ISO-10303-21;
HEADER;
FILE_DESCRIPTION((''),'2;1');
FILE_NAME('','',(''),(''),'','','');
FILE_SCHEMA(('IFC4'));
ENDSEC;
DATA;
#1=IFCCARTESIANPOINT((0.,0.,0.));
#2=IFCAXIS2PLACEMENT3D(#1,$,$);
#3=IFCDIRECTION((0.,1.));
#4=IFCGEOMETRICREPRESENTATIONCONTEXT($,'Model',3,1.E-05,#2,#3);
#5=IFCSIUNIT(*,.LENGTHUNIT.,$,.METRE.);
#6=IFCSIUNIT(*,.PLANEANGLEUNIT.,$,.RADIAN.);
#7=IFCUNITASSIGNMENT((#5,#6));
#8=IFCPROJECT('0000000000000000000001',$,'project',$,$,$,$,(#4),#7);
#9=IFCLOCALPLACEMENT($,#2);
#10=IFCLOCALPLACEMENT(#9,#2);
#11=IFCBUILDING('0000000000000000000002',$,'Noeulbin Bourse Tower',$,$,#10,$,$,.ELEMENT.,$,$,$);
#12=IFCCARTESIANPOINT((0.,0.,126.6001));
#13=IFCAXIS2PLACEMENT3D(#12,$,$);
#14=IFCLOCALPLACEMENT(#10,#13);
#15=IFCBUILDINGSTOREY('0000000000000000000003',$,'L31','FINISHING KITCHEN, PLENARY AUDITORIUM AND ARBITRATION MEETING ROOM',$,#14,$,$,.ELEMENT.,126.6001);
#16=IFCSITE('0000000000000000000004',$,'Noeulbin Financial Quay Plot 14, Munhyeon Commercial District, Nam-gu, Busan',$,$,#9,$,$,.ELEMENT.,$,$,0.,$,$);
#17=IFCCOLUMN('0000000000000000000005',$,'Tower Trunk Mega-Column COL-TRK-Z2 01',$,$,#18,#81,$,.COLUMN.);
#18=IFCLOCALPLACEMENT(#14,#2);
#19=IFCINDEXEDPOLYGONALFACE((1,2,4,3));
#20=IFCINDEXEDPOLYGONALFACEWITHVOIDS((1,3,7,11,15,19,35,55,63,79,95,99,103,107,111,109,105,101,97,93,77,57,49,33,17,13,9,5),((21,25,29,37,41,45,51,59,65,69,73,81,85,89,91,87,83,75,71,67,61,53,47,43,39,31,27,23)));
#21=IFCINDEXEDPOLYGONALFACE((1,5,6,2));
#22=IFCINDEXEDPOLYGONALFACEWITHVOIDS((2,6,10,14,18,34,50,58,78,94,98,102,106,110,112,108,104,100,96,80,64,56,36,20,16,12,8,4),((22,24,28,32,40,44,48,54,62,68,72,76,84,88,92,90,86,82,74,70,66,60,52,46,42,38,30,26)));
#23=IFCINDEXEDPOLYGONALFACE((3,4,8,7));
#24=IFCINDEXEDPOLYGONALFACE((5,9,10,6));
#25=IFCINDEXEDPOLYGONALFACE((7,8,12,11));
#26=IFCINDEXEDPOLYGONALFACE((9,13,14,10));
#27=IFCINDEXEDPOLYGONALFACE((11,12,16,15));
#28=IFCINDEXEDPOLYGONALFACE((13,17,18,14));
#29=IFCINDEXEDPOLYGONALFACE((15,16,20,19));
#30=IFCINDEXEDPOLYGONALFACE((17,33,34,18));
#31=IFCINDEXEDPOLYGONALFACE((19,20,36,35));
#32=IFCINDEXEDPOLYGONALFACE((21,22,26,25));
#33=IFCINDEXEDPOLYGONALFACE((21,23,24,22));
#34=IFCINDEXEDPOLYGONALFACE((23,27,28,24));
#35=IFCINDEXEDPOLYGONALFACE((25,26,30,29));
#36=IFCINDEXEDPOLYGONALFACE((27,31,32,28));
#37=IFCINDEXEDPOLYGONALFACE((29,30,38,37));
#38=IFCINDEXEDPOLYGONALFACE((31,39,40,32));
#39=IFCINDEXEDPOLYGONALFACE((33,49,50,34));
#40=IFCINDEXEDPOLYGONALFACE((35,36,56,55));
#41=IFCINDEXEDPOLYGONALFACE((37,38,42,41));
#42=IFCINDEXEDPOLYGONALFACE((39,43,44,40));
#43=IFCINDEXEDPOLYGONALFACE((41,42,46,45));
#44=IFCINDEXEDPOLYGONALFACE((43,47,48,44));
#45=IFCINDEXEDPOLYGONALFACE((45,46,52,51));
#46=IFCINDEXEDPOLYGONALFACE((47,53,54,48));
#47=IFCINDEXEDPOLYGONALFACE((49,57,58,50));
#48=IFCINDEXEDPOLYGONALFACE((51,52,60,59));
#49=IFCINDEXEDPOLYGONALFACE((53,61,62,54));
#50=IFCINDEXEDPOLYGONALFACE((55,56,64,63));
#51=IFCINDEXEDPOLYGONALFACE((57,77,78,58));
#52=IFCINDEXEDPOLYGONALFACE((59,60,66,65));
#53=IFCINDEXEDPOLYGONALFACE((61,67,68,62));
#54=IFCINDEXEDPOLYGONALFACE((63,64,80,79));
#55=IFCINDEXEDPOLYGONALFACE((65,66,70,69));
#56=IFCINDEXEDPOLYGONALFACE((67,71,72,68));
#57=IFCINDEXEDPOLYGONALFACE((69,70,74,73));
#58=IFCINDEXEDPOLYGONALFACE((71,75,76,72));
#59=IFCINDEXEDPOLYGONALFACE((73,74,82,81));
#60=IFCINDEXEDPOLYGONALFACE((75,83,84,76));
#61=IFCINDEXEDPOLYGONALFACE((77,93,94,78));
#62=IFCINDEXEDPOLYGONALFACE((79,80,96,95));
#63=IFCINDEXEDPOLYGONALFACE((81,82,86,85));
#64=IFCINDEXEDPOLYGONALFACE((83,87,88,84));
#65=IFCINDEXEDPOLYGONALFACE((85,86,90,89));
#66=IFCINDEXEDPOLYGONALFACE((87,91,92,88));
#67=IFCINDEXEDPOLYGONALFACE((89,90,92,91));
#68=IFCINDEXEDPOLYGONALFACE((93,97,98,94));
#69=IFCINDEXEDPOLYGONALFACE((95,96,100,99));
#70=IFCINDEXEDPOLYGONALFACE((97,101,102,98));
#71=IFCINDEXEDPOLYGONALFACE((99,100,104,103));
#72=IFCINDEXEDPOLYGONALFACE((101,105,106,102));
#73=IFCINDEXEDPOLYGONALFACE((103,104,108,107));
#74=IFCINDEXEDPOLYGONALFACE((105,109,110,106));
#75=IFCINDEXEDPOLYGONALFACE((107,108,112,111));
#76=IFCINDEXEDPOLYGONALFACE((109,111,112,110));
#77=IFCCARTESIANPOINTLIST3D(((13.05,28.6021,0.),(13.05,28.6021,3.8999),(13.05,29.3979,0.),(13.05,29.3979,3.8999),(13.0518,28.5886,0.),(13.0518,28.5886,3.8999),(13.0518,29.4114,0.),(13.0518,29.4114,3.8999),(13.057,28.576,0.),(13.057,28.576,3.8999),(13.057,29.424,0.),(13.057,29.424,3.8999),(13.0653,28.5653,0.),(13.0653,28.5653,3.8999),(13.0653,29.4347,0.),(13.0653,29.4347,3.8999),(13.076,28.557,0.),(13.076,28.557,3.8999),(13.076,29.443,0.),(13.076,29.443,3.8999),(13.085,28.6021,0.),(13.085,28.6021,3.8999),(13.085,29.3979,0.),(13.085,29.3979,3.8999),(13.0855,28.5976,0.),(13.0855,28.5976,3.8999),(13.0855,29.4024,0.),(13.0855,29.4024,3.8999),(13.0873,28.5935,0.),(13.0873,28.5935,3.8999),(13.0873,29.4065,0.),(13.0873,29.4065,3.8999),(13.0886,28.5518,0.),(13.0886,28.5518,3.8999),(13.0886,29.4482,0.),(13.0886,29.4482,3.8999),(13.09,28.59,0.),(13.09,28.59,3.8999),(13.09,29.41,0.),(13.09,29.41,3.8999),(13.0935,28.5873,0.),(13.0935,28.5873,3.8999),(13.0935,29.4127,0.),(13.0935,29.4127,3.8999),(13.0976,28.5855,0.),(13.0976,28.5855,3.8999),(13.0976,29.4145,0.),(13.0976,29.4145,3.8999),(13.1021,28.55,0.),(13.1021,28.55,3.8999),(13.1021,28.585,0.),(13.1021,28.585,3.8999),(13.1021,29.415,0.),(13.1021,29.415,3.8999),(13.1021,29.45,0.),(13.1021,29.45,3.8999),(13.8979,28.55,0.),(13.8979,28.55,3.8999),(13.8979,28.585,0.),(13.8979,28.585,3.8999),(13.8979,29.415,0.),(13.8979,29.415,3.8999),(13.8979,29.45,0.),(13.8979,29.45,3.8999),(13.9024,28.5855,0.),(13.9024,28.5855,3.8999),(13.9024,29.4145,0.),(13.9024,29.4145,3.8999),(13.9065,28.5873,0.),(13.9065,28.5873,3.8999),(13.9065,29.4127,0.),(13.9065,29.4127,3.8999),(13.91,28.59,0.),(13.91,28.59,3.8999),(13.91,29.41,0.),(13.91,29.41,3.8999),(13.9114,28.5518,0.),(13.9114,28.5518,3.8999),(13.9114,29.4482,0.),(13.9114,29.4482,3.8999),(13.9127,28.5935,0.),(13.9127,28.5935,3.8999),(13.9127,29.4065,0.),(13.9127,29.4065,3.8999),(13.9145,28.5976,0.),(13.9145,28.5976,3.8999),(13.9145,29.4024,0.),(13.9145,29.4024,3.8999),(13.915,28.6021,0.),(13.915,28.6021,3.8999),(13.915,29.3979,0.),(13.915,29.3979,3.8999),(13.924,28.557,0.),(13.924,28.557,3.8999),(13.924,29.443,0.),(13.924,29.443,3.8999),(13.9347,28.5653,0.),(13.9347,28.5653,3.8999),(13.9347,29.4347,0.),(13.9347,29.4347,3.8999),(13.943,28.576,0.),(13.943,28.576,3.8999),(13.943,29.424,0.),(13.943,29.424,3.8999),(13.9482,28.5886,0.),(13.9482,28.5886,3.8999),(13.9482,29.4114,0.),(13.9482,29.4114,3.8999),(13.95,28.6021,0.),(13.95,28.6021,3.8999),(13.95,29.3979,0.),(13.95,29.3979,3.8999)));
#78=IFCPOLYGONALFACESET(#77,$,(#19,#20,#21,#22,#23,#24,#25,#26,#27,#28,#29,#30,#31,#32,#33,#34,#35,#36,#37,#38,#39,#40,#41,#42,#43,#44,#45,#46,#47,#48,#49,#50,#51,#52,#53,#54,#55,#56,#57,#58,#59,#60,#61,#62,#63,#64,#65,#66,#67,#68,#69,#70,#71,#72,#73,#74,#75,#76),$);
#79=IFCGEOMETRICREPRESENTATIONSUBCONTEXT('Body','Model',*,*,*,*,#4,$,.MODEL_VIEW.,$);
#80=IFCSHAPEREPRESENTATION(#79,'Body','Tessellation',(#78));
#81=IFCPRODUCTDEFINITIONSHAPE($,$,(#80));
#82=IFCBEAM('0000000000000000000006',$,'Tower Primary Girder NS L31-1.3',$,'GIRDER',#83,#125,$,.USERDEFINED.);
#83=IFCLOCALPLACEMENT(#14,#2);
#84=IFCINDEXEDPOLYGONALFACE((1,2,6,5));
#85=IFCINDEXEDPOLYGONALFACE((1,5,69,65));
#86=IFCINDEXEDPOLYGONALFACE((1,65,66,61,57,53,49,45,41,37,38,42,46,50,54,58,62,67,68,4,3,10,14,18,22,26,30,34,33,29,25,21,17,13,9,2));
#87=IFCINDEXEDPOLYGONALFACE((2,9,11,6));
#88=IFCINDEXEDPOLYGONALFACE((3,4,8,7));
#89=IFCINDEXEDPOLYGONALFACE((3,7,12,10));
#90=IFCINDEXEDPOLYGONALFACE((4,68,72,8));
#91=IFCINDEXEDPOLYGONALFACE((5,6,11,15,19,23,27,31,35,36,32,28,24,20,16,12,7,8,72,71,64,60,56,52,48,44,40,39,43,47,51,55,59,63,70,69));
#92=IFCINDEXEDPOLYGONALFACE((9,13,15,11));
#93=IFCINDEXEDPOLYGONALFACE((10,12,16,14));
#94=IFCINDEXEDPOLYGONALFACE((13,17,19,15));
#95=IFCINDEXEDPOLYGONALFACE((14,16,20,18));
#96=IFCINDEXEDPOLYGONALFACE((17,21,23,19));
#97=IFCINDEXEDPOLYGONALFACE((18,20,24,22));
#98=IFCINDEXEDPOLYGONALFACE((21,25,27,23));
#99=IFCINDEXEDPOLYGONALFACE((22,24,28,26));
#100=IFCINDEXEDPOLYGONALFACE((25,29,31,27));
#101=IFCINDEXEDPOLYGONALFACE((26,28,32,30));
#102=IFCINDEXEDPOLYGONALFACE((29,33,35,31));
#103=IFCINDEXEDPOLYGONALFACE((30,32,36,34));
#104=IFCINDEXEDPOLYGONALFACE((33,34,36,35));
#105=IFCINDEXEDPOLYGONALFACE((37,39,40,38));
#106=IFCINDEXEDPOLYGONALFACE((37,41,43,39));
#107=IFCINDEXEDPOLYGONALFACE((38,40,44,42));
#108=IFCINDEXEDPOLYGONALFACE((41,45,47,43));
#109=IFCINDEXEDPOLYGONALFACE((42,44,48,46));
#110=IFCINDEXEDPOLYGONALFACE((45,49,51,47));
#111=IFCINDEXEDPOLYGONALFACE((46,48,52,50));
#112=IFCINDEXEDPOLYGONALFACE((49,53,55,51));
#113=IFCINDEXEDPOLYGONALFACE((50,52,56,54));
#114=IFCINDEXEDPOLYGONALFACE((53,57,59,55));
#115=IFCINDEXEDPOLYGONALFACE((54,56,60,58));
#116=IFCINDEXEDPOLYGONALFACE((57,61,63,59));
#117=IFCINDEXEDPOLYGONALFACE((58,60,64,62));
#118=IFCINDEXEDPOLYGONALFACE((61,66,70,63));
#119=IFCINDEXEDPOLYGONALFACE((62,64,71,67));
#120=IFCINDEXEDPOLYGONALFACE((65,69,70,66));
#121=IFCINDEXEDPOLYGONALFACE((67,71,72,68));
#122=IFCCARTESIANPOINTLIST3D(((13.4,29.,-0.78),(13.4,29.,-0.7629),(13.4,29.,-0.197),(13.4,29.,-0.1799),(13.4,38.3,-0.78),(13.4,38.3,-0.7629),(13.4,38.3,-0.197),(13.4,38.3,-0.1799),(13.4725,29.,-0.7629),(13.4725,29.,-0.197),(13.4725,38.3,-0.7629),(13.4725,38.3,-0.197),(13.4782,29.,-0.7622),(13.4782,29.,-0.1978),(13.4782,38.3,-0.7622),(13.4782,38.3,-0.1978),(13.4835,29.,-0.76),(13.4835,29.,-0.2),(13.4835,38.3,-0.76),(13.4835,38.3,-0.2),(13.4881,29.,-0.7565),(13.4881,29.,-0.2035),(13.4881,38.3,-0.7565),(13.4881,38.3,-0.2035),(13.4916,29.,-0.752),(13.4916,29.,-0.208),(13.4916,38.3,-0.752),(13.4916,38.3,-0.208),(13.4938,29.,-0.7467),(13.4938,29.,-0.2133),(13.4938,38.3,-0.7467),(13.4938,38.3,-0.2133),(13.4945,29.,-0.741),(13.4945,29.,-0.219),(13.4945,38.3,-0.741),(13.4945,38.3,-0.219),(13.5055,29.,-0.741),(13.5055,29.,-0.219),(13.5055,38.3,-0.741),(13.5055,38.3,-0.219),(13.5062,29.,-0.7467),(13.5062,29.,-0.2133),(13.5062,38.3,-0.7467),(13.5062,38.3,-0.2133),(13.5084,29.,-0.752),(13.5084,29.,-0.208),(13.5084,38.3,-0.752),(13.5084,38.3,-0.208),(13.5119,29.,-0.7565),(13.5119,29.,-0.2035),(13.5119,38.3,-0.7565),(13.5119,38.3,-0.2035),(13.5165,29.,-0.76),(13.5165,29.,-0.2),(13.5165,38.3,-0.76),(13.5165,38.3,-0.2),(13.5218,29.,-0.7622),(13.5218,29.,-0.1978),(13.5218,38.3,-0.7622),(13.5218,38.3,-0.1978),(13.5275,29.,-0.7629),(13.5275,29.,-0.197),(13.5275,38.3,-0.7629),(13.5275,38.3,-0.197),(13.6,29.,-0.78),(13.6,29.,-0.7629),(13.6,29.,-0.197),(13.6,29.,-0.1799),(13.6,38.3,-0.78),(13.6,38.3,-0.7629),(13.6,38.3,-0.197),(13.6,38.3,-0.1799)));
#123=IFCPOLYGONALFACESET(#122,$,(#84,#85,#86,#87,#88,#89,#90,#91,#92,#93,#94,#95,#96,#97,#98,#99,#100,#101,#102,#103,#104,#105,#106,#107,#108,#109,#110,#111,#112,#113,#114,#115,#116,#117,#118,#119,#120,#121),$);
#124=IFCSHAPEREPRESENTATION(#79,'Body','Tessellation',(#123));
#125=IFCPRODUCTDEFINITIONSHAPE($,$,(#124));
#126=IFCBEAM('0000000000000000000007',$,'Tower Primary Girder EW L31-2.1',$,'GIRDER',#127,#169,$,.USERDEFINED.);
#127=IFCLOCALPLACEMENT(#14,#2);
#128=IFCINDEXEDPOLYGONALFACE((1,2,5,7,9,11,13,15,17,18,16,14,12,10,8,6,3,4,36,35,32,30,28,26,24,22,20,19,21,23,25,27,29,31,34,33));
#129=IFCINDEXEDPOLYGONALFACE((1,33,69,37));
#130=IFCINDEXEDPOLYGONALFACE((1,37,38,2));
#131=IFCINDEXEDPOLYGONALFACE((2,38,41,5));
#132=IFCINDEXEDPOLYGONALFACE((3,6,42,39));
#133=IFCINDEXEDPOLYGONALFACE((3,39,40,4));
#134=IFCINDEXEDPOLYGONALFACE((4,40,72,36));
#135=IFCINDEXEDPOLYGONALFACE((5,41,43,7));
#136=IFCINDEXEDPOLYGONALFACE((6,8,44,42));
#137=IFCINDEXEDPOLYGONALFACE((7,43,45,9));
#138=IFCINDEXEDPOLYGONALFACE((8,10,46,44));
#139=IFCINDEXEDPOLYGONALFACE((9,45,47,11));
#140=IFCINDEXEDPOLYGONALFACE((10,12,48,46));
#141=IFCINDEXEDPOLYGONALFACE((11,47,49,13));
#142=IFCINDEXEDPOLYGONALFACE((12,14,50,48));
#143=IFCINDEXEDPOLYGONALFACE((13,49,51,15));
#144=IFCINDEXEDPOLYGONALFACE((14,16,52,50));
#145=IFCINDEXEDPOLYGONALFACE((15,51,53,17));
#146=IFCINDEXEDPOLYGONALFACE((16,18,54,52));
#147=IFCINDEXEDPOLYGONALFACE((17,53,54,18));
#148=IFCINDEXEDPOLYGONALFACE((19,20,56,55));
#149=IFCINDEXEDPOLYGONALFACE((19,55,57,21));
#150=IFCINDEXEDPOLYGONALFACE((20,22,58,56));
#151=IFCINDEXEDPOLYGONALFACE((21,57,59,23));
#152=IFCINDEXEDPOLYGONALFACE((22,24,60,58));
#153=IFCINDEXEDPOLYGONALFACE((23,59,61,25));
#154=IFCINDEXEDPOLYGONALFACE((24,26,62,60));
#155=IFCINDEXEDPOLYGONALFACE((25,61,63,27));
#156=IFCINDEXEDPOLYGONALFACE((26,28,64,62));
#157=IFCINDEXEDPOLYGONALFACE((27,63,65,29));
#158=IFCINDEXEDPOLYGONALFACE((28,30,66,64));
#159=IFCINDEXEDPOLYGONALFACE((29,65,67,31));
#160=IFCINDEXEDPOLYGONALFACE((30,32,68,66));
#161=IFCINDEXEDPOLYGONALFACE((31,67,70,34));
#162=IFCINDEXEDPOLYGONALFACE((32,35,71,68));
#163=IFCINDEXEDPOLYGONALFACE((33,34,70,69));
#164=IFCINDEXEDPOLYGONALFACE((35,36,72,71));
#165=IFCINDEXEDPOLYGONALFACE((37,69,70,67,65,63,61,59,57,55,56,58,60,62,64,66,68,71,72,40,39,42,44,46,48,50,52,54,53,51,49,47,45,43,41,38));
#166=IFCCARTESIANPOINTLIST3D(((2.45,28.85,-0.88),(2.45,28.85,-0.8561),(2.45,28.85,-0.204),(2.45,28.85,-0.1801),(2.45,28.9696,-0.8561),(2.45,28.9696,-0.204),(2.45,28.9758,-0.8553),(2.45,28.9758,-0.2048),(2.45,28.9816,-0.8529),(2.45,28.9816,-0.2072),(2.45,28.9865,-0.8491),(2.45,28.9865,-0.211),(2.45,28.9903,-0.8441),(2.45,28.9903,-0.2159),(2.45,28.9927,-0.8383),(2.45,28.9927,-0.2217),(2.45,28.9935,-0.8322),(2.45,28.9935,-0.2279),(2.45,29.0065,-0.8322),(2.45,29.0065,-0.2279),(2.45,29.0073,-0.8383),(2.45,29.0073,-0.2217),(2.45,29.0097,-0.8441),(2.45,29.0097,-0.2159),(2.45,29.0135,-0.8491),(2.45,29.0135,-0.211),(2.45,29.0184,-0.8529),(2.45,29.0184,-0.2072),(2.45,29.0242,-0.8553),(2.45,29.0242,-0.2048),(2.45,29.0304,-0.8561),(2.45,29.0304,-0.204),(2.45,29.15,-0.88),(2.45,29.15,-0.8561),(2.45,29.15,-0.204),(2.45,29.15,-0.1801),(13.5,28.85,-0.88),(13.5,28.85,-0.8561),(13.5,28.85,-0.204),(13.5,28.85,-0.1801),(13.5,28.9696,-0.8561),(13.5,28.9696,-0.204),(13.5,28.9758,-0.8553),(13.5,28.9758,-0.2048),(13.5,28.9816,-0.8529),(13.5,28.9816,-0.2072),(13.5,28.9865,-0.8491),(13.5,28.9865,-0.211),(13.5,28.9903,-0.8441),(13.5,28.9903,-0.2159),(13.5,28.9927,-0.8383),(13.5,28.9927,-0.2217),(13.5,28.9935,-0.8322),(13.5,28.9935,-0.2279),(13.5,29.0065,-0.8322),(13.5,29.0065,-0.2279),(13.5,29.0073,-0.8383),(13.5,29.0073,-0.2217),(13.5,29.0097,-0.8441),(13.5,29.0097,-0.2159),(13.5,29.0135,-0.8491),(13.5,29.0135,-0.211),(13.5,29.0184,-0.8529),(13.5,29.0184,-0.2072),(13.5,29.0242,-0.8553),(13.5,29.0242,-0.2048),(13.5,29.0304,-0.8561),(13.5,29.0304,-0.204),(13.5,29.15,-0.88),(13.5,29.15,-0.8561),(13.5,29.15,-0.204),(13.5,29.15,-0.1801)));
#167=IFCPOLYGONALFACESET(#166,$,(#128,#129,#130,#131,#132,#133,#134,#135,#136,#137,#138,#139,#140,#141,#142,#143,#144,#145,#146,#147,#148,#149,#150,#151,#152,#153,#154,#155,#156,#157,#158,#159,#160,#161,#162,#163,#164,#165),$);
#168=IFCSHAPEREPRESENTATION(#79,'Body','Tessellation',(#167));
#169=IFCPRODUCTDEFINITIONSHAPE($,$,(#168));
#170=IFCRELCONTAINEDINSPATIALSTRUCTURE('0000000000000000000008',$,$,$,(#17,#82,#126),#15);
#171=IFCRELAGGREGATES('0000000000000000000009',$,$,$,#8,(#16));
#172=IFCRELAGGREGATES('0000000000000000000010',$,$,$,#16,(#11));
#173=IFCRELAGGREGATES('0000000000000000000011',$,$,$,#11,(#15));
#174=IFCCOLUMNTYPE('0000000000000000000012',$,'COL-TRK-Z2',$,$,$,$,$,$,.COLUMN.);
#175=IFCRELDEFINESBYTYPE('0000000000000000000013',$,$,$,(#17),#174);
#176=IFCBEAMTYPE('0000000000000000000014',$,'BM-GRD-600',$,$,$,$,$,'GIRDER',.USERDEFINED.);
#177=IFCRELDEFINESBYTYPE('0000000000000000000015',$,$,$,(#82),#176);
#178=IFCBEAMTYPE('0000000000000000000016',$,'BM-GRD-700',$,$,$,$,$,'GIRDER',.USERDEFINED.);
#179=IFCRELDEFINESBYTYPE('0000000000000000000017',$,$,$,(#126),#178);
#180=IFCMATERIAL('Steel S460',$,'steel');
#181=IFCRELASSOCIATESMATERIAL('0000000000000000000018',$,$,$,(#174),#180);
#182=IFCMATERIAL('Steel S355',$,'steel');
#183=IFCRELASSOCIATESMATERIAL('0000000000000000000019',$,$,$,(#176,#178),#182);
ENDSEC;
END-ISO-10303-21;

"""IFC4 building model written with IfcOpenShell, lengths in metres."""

from ifc_helpers import new_model, si_unit, direction, frame, origin, origin_2d, place, context, subcontext, project, spatial, hollow_rectangle, i_section, extrude, material, material_profile, profile_set, type_object, element, save


model = new_model("IFC4")

# Units and contexts
model_context = context("Model", 3, precision=1e-05, world=origin(), true_north=direction((0.0, 1.0)))
body_context = subcontext(model_context, "Body", "Model", "MODEL_VIEW")
ifc_project = project(units=[si_unit("LENGTHUNIT", "METRE"), si_unit("PLANEANGLEUNIT", "RADIAN")], contexts=[model_context])

# Site, building, storey
site_placement = place(None, origin())
site = spatial("IfcSite", under=ifc_project, at=site_placement, Name="Noeulbin Financial Quay Plot 14, Munhyeon Commercial District, Nam-gu, Busan", CompositionType="ELEMENT", RefElevation=0.0)
building_placement = place(site_placement, origin())
building = spatial("IfcBuilding", under=site, at=building_placement, Name="Noeulbin Bourse Tower", CompositionType="ELEMENT")
storey_placement = place(building_placement, frame((0.0, 0.0, 126.6001)))
storey = spatial("IfcBuildingStorey", under=building, at=storey_placement, Name="L31", Description="FINISHING KITCHEN, PLENARY AUDITORIUM AND ARBITRATION MEETING ROOM", CompositionType="ELEMENT", Elevation=126.6001)

# Column
ifc_material_1 = material(Name="Steel S460", Category="steel")
ifc_material_profile_1 = material_profile(ifc_material_1, hollow_rectangle(XDim=0.8999, YDim=0.8999, WallThickness=0.0349, InnerFilletRadius=0.0171, OuterFilletRadius=0.052, at=origin_2d()), Name="BOX-900x900x35", Category="LoadBearing")
ifc_profile_set_1 = profile_set([ifc_material_profile_1], Name="Steel S460")
column_type = type_object("IfcColumnType", Name="COL-TRK-Z2", PredefinedType="COLUMN", material=ifc_profile_set_1)
column_placement = place(storey_placement, frame((13.5, 29.0, 0.0), z_axis=(0.0, 0.0, 1.0), x_axis=(1.0, 0.0, 0.0)))
element("IfcColumn", 1, at=column_placement, inside=storey, type_object=column_type, Name="Tower Trunk Mega-Column COL-TRK-Z2 01", PredefinedType="COLUMN", context=body_context, shape_type="SweptSolid", body=[
    extrude(hollow_rectangle(XDim=0.8999, YDim=0.8999, WallThickness=0.0349, InnerFilletRadius=0.0171, OuterFilletRadius=0.052, at=origin_2d()), origin(), (0.0, 0.0, 1.0), 3.8999),
])

# Beams
ifc_material_2 = material(Name="Steel S355", Category="steel")
ifc_material_profile_2 = material_profile(ifc_material_2, i_section(OverallWidth=0.2, OverallDepth=0.6001, WebThickness=0.011, FlangeThickness=0.0171, FilletRadius=0.022, at=origin_2d()), Name="H-600x200x11x17", Category="LoadBearing")
ifc_profile_set_2 = profile_set([ifc_material_profile_2], Name="Steel S355")
beam_type_1 = type_object("IfcBeamType", Name="BM-GRD-600", ElementType="GIRDER", PredefinedType="USERDEFINED", material=ifc_profile_set_2)
beam_1_placement = place(storey_placement, frame((13.5, 29.0, -0.48), z_axis=(0.0, 1.0, 0.0), x_axis=(-1.0, 0.0, 0.0)))
element("IfcBeam", 2, at=beam_1_placement, inside=storey, type_object=beam_type_1, Name="Tower Primary Girder NS L31-1.3", ObjectType="GIRDER", PredefinedType="USERDEFINED", context=body_context, shape_type="SweptSolid", body=[
    extrude(i_section(OverallWidth=0.2, OverallDepth=0.6001, WebThickness=0.011, FlangeThickness=0.0171, FilletRadius=0.022, at=origin_2d()), origin(), (0.0, 0.0, 1.0), 9.3),
])
ifc_material_profile_3 = material_profile(ifc_material_2, i_section(OverallWidth=0.3, OverallDepth=0.7, WebThickness=0.0129, FlangeThickness=0.0239, FilletRadius=0.0239, at=origin_2d()), Name="H-700x300x13x24", Category="LoadBearing")
ifc_profile_set_3 = profile_set([ifc_material_profile_3], Name="Steel S355")
beam_type_2 = type_object("IfcBeamType", Name="BM-GRD-700", ElementType="GIRDER", PredefinedType="USERDEFINED", material=ifc_profile_set_3)
beam_2_placement = place(storey_placement, frame((2.45, 29.0, -0.53), z_axis=(1.0, 0.0, 0.0), x_axis=(0.0, 1.0, 0.0)))
element("IfcBeam", 3, at=beam_2_placement, inside=storey, type_object=beam_type_2, Name="Tower Primary Girder EW L31-2.1", ObjectType="GIRDER", PredefinedType="USERDEFINED", context=body_context, shape_type="SweptSolid", body=[
    extrude(i_section(OverallWidth=0.3, OverallDepth=0.7, WebThickness=0.0129, FlangeThickness=0.0239, FilletRadius=0.0239, at=origin_2d()), origin(), (0.0, 0.0, 1.0), 11.05),
])

save(model, "model.ifc")
